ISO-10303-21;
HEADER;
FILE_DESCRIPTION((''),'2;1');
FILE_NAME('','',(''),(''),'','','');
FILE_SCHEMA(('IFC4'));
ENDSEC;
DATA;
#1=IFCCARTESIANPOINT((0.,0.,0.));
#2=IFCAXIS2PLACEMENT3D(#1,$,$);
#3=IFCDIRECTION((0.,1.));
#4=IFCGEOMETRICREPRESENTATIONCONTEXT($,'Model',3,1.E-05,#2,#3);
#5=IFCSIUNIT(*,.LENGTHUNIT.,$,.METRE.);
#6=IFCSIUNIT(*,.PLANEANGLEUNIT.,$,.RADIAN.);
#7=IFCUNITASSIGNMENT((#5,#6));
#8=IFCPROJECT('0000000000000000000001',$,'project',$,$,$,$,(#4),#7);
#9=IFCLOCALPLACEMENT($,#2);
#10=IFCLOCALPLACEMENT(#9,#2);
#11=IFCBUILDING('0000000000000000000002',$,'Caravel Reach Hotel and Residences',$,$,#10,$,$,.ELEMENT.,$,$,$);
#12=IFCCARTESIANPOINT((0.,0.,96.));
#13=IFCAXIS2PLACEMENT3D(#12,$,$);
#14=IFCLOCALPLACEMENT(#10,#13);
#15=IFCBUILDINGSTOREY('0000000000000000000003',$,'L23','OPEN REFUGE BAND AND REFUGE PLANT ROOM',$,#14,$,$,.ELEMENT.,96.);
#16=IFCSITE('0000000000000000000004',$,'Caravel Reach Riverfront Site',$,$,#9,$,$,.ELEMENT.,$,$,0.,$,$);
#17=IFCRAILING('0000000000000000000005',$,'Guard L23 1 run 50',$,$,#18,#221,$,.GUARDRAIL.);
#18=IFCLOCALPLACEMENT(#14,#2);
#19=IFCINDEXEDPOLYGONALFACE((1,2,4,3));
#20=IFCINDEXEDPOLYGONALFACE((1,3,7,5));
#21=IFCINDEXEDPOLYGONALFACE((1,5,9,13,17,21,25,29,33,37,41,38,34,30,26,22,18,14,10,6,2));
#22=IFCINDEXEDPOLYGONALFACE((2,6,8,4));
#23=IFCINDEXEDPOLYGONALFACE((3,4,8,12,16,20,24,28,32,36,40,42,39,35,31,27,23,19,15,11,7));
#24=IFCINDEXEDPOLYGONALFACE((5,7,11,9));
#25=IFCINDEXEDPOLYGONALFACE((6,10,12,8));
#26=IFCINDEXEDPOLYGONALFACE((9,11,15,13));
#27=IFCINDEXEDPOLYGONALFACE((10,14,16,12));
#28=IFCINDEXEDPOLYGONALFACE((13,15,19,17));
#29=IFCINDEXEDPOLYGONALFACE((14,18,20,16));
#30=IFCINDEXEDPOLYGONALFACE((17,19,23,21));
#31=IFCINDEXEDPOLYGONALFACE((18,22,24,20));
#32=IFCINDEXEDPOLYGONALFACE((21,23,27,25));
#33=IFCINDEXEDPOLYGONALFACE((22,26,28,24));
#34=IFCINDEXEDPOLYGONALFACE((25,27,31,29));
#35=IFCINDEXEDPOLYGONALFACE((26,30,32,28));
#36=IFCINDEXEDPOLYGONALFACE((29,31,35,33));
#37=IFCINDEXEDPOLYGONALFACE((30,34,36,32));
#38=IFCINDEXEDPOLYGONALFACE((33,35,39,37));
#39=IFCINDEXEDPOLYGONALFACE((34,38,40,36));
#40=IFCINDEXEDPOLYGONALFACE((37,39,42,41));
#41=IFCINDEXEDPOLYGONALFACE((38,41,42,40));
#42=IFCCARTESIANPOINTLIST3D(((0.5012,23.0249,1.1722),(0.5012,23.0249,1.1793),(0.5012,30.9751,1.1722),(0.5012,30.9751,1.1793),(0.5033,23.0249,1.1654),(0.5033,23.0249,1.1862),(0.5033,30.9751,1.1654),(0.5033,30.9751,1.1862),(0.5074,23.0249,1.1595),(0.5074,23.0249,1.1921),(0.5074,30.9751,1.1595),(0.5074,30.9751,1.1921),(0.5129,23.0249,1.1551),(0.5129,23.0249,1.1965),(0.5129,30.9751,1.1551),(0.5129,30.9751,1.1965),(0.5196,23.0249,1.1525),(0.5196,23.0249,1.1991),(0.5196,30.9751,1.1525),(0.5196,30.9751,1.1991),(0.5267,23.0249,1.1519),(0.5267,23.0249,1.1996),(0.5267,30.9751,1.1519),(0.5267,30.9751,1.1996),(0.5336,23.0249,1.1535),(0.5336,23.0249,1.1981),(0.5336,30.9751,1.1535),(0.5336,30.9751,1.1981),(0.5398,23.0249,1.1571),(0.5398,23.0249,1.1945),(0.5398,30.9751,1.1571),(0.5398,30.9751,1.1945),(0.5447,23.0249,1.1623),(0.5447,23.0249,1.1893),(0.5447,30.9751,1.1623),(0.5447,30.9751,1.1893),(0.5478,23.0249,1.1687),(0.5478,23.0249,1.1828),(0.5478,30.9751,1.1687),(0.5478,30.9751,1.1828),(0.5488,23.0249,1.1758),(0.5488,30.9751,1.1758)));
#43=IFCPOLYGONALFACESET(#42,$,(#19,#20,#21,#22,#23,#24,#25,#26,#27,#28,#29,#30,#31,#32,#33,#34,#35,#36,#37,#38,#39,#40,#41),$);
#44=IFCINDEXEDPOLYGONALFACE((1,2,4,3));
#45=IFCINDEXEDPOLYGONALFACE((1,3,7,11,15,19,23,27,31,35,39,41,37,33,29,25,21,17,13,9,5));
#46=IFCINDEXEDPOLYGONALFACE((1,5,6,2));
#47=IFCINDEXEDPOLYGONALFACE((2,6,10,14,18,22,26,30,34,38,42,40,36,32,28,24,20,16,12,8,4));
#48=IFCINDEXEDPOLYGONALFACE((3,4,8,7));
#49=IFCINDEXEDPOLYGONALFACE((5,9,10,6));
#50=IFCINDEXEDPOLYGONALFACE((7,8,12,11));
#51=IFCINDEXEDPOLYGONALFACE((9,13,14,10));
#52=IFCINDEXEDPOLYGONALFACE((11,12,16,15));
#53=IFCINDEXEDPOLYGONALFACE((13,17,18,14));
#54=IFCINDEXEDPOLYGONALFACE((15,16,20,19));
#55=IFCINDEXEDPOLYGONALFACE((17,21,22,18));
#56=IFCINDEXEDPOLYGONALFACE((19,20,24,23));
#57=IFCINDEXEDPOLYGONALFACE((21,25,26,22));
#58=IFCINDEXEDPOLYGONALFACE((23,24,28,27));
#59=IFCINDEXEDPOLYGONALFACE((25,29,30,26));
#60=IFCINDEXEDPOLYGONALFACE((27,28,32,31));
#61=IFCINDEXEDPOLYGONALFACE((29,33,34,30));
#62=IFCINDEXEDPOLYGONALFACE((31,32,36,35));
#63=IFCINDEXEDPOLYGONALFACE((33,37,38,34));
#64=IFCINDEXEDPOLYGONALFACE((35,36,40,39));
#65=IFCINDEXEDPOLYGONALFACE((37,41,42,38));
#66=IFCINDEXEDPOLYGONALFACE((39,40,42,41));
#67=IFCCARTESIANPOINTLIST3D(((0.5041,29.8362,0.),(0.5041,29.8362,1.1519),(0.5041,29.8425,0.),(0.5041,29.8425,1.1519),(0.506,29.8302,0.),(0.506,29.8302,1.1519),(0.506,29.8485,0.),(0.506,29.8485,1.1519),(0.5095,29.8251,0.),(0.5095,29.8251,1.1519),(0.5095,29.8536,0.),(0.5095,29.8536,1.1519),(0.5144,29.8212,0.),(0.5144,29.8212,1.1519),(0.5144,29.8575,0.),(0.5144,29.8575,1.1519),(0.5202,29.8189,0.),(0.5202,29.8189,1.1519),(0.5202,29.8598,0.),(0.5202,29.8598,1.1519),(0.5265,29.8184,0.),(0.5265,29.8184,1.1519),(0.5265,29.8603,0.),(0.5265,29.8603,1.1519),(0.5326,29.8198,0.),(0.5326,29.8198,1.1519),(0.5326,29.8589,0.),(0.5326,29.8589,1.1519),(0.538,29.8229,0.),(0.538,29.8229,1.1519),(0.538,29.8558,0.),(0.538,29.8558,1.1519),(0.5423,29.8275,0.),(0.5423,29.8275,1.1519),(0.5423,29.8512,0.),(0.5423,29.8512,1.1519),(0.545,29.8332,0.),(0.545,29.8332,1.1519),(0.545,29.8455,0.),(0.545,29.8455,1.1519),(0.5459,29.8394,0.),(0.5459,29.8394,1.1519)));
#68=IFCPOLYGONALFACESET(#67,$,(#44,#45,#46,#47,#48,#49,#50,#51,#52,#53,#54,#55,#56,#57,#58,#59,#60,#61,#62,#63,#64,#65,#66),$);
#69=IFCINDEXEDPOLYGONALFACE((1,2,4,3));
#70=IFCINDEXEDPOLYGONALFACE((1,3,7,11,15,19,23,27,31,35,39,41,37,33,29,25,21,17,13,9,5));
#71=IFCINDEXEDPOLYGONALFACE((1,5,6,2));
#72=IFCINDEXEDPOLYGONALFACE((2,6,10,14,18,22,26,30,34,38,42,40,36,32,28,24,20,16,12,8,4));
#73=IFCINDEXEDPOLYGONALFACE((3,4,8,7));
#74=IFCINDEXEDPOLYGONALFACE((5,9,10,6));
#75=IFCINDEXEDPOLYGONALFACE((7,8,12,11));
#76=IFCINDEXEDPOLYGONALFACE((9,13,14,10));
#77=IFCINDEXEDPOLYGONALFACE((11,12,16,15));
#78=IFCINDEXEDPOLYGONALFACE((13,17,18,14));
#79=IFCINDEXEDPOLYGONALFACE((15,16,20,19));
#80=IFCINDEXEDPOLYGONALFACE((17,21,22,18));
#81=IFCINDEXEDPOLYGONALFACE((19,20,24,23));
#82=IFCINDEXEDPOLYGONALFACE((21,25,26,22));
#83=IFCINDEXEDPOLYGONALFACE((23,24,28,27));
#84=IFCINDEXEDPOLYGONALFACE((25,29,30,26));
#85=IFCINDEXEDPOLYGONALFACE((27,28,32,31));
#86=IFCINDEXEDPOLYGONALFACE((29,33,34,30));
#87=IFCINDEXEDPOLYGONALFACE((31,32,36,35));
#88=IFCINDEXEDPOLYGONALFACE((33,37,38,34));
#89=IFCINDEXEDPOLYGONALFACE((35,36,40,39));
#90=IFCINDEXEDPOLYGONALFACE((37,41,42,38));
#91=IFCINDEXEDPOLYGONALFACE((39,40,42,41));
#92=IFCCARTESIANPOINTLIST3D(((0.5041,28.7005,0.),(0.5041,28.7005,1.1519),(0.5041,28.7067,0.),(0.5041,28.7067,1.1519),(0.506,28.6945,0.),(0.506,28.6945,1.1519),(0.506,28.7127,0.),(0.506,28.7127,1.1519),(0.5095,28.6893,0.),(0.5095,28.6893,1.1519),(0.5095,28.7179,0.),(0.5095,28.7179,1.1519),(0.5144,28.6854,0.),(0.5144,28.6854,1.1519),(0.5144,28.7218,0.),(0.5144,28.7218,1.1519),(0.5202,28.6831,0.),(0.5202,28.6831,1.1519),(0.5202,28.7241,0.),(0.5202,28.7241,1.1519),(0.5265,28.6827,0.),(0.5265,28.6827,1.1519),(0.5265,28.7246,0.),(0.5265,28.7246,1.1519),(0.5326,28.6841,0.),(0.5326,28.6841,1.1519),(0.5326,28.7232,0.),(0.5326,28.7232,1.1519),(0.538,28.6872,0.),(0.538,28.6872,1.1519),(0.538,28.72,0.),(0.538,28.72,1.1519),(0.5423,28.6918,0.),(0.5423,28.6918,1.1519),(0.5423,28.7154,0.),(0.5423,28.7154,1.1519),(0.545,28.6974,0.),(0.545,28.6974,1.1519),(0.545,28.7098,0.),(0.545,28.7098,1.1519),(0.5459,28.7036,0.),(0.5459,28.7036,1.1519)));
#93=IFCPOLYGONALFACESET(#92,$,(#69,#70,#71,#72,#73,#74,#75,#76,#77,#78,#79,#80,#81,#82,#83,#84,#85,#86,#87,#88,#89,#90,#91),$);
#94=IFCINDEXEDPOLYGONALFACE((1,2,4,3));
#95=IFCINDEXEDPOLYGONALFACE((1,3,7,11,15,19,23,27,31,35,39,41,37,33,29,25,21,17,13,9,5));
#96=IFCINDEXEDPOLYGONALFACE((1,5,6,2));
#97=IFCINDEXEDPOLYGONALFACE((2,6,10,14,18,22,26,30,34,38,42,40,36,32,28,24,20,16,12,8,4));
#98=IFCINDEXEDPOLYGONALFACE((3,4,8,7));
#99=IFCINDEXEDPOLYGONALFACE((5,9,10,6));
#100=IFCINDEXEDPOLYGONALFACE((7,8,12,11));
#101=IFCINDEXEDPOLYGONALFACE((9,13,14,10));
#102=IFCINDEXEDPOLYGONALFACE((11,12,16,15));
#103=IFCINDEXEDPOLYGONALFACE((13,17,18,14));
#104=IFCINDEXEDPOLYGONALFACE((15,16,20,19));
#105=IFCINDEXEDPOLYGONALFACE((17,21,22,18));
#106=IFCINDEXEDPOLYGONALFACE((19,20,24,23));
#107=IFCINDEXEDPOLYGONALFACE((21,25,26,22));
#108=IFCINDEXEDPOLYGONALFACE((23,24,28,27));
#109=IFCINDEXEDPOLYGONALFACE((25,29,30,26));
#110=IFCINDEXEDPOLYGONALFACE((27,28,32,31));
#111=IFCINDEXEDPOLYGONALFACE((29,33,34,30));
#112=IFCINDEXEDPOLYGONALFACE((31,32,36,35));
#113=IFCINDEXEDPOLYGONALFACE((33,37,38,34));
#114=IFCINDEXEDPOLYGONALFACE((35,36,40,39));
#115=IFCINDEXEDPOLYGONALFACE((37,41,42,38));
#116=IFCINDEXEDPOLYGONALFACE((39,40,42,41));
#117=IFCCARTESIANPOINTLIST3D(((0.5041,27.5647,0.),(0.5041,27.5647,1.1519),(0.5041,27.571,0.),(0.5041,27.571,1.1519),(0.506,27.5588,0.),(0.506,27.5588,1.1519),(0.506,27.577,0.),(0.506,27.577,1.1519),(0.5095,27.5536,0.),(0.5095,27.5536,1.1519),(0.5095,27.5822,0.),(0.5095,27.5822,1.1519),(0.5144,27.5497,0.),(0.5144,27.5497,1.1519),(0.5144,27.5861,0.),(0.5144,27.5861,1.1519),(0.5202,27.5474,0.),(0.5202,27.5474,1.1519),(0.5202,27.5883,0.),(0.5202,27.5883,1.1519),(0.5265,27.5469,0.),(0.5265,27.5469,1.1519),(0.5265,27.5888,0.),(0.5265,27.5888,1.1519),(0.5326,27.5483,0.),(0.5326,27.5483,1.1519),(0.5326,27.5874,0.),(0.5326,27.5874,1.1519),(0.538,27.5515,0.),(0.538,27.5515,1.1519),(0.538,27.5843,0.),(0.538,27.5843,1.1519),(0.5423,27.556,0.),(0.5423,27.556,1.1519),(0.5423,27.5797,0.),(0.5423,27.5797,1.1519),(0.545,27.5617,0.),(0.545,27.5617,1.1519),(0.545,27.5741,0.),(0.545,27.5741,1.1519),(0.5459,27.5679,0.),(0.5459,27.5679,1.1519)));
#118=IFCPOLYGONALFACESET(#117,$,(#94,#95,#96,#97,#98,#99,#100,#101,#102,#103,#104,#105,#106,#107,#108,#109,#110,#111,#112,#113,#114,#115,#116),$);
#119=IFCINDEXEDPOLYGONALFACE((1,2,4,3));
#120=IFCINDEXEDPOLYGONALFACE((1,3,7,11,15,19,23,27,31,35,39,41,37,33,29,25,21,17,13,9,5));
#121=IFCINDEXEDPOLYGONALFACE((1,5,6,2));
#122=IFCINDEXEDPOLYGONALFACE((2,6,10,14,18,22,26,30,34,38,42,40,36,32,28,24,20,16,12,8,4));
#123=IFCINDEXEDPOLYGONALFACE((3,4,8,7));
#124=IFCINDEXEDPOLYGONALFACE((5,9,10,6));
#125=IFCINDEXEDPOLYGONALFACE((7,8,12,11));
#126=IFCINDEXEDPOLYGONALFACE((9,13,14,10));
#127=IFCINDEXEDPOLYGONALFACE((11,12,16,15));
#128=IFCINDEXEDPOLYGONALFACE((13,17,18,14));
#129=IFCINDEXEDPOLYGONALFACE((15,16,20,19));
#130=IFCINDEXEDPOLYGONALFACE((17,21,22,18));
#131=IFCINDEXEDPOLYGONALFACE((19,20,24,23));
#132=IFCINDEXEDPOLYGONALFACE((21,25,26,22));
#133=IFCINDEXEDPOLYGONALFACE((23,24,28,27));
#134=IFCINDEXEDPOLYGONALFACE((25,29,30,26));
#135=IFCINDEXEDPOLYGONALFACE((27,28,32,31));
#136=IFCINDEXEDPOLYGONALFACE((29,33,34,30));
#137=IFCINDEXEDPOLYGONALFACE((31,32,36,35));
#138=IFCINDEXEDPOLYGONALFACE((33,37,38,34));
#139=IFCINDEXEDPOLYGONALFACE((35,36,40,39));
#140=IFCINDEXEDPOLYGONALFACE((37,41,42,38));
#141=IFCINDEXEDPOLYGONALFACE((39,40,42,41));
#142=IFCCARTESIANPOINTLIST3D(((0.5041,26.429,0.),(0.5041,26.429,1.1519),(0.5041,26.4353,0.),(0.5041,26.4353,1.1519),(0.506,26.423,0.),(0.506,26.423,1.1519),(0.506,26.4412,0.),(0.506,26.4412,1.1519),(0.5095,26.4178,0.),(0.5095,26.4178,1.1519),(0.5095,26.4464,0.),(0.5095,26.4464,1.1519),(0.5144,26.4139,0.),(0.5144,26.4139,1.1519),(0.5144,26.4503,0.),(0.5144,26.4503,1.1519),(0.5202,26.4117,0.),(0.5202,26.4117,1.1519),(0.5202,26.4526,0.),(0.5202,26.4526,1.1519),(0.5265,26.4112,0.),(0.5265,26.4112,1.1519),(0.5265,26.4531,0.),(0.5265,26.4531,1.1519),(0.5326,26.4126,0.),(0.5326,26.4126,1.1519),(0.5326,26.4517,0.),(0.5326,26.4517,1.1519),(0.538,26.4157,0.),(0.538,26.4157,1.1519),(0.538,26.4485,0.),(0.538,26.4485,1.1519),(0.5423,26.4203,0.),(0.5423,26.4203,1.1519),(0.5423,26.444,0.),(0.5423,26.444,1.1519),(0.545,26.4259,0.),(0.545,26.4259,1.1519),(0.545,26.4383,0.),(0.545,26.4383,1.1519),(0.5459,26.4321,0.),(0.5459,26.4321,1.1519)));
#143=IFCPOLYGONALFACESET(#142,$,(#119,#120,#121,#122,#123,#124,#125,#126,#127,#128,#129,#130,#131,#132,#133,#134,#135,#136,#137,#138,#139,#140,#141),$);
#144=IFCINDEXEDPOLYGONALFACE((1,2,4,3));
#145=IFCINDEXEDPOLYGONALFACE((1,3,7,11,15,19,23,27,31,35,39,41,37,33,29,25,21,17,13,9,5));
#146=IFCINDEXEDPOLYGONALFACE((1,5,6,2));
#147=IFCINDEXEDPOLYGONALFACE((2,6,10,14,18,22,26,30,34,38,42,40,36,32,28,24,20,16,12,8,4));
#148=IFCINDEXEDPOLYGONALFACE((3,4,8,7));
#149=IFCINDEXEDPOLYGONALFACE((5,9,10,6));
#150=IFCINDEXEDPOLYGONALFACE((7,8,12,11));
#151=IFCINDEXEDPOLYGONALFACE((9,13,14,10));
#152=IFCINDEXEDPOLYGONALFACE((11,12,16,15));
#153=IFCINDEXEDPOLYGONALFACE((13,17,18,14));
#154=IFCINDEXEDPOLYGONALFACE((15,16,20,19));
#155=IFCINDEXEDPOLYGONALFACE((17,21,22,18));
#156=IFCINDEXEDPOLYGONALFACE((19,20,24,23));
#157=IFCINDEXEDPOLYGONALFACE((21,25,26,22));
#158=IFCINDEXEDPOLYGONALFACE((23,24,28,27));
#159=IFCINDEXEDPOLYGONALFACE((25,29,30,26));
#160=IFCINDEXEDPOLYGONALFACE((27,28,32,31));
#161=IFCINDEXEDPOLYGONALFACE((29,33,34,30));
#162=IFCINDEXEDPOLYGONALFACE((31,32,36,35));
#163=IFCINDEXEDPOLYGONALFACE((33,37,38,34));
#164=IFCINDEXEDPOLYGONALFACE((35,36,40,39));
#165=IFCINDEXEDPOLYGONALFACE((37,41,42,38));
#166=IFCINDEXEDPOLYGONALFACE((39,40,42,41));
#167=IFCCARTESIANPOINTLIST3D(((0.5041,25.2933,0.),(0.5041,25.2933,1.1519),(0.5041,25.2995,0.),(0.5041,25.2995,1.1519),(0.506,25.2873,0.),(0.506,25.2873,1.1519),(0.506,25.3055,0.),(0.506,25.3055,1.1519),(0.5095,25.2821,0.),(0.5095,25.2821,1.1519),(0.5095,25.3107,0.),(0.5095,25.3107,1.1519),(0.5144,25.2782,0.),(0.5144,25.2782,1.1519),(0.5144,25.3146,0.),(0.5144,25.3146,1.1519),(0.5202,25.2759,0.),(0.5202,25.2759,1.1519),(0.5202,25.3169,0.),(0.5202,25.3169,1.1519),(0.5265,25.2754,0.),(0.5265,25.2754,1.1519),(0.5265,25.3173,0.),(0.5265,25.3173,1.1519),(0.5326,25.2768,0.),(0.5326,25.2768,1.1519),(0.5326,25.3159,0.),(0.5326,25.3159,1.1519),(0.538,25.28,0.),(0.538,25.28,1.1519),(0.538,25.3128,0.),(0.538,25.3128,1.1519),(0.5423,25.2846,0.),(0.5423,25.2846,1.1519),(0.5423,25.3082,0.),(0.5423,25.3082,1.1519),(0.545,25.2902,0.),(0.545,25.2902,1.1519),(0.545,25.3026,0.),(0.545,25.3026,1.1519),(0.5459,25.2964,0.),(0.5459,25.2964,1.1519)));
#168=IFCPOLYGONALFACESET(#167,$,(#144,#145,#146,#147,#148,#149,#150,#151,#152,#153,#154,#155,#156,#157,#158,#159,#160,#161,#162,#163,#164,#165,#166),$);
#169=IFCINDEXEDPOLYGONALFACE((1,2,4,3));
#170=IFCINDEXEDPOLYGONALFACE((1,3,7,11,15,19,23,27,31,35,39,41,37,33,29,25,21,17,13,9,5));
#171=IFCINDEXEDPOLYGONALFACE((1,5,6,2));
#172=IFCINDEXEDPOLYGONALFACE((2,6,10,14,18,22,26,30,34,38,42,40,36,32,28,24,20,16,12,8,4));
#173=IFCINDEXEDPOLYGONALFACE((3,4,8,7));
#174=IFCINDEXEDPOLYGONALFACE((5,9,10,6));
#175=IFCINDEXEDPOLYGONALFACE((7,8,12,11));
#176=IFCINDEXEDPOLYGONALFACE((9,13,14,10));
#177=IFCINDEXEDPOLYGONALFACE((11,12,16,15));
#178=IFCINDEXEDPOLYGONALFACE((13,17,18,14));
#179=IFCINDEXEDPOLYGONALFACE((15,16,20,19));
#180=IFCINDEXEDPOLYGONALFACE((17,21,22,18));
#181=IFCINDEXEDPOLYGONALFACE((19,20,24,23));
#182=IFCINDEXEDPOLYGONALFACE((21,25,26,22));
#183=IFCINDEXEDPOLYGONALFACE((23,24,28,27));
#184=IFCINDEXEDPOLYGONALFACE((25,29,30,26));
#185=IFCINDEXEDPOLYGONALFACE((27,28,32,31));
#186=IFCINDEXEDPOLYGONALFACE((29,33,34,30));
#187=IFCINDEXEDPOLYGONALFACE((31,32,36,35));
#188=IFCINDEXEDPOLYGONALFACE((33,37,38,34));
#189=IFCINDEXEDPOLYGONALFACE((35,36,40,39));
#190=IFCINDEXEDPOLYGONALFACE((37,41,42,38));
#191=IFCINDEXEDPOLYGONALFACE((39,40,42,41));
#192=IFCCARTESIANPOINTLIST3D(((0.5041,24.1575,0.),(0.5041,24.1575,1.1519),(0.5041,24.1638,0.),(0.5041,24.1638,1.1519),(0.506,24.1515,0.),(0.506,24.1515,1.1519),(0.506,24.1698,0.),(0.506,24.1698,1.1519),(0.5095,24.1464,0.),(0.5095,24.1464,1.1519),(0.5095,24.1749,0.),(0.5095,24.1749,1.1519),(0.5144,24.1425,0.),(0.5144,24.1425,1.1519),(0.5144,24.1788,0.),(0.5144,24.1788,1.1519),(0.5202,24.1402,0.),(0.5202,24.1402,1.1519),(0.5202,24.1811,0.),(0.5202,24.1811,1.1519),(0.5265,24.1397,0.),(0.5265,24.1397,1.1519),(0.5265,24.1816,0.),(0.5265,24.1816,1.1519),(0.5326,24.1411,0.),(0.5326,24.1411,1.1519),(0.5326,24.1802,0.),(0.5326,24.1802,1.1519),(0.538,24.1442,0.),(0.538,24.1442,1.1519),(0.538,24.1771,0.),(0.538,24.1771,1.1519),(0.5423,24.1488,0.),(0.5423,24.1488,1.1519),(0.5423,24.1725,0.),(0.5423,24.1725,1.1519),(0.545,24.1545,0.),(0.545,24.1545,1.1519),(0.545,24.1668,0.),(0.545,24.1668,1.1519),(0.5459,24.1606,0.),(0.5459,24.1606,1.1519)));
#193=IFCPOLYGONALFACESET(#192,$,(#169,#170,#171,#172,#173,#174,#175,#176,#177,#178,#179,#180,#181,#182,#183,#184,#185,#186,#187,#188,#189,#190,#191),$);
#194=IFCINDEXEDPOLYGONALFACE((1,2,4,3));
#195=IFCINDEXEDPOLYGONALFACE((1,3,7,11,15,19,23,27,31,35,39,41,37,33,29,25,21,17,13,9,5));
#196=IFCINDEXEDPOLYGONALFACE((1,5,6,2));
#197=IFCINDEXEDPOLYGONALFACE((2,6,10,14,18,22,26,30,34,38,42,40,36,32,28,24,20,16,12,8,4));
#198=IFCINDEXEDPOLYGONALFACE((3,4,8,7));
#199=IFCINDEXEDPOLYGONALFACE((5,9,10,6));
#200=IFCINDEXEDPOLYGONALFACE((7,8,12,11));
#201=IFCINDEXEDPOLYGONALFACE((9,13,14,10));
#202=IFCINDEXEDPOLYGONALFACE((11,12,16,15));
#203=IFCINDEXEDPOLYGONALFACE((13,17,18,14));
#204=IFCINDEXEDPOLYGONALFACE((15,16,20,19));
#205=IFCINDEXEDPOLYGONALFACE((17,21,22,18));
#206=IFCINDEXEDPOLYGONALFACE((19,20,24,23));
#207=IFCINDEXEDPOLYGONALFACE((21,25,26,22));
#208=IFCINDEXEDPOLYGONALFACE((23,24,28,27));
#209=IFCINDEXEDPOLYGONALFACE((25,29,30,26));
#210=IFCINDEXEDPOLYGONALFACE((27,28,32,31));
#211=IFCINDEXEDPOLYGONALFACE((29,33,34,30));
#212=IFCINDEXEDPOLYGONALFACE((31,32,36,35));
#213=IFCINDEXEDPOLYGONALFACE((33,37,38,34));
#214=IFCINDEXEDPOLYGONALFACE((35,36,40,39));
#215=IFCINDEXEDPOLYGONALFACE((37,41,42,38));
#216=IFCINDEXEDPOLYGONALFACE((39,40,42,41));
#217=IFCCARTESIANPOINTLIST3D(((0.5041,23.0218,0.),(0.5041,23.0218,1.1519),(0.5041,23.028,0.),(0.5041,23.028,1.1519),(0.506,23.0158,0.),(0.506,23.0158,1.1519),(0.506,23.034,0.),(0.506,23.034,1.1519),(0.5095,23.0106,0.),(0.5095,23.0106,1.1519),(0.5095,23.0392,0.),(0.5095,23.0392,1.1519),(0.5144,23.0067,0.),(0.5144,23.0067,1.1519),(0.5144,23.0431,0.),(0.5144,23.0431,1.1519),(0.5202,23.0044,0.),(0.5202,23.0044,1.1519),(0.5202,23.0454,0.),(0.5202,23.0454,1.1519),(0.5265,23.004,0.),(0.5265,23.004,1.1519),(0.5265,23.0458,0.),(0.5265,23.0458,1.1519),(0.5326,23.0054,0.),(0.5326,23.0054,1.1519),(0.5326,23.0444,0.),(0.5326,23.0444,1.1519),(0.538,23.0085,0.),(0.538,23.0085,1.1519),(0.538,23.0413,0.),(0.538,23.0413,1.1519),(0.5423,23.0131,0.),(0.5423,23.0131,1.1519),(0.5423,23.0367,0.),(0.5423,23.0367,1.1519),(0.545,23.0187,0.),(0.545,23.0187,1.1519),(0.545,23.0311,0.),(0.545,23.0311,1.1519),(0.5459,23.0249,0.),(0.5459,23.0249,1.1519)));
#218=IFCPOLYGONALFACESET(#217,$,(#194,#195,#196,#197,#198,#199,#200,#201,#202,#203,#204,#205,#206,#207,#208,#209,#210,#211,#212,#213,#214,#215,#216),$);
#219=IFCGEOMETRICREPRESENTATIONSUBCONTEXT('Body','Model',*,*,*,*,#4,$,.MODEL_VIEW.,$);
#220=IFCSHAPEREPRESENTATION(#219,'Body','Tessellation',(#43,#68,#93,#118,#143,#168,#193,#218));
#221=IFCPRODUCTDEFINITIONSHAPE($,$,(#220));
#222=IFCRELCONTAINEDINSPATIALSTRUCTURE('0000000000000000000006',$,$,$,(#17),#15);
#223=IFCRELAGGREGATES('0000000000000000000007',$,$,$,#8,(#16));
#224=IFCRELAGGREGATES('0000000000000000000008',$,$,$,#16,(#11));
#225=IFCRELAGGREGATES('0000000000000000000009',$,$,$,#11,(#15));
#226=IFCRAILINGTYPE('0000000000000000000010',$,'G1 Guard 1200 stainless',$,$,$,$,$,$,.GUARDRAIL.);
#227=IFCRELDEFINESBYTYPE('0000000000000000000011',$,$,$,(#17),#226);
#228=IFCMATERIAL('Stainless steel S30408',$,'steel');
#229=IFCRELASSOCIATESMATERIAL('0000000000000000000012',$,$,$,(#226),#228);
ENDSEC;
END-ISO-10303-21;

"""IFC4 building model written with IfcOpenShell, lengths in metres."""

from ifc_helpers import new_model, si_unit, direction, frame, origin, origin_2d, place, context, subcontext, project, spatial, circle, extrude, material, type_object, element, save


model = new_model("IFC4")

# Units and contexts
model_context = context("Model", 3, precision=1e-05, world=origin(), true_north=direction((0.0, 1.0)))
body_context = subcontext(model_context, "Body", "Model", "MODEL_VIEW")
ifc_project = project(units=[si_unit("LENGTHUNIT", "METRE"), si_unit("PLANEANGLEUNIT", "RADIAN")], contexts=[model_context])

# Site, building, storey
site_placement = place(None, origin())
site = spatial("IfcSite", under=ifc_project, at=site_placement, Name="Caravel Reach Riverfront Site", CompositionType="ELEMENT", RefElevation=0.0)
building_placement = place(site_placement, origin())
building = spatial("IfcBuilding", under=site, at=building_placement, Name="Caravel Reach Hotel and Residences", CompositionType="ELEMENT")
storey_placement = place(building_placement, frame((0.0, 0.0, 96.0)))
storey = spatial("IfcBuildingStorey", under=building, at=storey_placement, Name="L23", Description="OPEN REFUGE BAND AND REFUGE PLANT ROOM", CompositionType="ELEMENT", Elevation=96.0)

# Railing
ifc_material_1 = material(Name="Stainless steel S30408", Category="steel")
railing_type = type_object("IfcRailingType", Name="G1 Guard 1200 stainless", PredefinedType="GUARDRAIL", material=ifc_material_1)
railing_1_placement = place(storey_placement, frame((0.5249, 30.9751, 0.0)))
element("IfcRailing", 1, at=railing_1_placement, inside=storey, type_object=railing_type, Name="Guard L23 1 run 50", PredefinedType="GUARDRAIL", context=body_context, shape_type="SweptSolid", body=[
    extrude(circle(Radius=0.0239, at=origin_2d()), frame((0.0, 0.0, 1.1758), z_axis=(0.0, -1.0, 0.0), x_axis=(1.0, 0.0, 0.0)), (0.0, 0.0, 1.0), 7.9502),
    extrude(circle(Radius=0.021, at=origin_2d()), frame((0.0, -1.1357, 0.0)), (0.0, 0.0, 1.0), 1.1519),
    extrude(circle(Radius=0.021, at=origin_2d()), frame((0.0, -2.2715, 0.0)), (0.0, 0.0, 1.0), 1.1519),
    extrude(circle(Radius=0.021, at=origin_2d()), frame((0.0, -3.4072, 0.0)), (0.0, 0.0, 1.0), 1.1519),
    extrude(circle(Radius=0.021, at=origin_2d()), frame((0.0, -4.543, 0.0)), (0.0, 0.0, 1.0), 1.1519),
    extrude(circle(Radius=0.021, at=origin_2d()), frame((0.0, -5.6787, 0.0)), (0.0, 0.0, 1.0), 1.1519),
    extrude(circle(Radius=0.021, at=origin_2d()), frame((0.0, -6.8145, 0.0)), (0.0, 0.0, 1.0), 1.1519),
    extrude(circle(Radius=0.021, at=origin_2d()), frame((0.0, -7.9502, 0.0)), (0.0, 0.0, 1.0), 1.1519),
])

save(model, "model.ifc")
